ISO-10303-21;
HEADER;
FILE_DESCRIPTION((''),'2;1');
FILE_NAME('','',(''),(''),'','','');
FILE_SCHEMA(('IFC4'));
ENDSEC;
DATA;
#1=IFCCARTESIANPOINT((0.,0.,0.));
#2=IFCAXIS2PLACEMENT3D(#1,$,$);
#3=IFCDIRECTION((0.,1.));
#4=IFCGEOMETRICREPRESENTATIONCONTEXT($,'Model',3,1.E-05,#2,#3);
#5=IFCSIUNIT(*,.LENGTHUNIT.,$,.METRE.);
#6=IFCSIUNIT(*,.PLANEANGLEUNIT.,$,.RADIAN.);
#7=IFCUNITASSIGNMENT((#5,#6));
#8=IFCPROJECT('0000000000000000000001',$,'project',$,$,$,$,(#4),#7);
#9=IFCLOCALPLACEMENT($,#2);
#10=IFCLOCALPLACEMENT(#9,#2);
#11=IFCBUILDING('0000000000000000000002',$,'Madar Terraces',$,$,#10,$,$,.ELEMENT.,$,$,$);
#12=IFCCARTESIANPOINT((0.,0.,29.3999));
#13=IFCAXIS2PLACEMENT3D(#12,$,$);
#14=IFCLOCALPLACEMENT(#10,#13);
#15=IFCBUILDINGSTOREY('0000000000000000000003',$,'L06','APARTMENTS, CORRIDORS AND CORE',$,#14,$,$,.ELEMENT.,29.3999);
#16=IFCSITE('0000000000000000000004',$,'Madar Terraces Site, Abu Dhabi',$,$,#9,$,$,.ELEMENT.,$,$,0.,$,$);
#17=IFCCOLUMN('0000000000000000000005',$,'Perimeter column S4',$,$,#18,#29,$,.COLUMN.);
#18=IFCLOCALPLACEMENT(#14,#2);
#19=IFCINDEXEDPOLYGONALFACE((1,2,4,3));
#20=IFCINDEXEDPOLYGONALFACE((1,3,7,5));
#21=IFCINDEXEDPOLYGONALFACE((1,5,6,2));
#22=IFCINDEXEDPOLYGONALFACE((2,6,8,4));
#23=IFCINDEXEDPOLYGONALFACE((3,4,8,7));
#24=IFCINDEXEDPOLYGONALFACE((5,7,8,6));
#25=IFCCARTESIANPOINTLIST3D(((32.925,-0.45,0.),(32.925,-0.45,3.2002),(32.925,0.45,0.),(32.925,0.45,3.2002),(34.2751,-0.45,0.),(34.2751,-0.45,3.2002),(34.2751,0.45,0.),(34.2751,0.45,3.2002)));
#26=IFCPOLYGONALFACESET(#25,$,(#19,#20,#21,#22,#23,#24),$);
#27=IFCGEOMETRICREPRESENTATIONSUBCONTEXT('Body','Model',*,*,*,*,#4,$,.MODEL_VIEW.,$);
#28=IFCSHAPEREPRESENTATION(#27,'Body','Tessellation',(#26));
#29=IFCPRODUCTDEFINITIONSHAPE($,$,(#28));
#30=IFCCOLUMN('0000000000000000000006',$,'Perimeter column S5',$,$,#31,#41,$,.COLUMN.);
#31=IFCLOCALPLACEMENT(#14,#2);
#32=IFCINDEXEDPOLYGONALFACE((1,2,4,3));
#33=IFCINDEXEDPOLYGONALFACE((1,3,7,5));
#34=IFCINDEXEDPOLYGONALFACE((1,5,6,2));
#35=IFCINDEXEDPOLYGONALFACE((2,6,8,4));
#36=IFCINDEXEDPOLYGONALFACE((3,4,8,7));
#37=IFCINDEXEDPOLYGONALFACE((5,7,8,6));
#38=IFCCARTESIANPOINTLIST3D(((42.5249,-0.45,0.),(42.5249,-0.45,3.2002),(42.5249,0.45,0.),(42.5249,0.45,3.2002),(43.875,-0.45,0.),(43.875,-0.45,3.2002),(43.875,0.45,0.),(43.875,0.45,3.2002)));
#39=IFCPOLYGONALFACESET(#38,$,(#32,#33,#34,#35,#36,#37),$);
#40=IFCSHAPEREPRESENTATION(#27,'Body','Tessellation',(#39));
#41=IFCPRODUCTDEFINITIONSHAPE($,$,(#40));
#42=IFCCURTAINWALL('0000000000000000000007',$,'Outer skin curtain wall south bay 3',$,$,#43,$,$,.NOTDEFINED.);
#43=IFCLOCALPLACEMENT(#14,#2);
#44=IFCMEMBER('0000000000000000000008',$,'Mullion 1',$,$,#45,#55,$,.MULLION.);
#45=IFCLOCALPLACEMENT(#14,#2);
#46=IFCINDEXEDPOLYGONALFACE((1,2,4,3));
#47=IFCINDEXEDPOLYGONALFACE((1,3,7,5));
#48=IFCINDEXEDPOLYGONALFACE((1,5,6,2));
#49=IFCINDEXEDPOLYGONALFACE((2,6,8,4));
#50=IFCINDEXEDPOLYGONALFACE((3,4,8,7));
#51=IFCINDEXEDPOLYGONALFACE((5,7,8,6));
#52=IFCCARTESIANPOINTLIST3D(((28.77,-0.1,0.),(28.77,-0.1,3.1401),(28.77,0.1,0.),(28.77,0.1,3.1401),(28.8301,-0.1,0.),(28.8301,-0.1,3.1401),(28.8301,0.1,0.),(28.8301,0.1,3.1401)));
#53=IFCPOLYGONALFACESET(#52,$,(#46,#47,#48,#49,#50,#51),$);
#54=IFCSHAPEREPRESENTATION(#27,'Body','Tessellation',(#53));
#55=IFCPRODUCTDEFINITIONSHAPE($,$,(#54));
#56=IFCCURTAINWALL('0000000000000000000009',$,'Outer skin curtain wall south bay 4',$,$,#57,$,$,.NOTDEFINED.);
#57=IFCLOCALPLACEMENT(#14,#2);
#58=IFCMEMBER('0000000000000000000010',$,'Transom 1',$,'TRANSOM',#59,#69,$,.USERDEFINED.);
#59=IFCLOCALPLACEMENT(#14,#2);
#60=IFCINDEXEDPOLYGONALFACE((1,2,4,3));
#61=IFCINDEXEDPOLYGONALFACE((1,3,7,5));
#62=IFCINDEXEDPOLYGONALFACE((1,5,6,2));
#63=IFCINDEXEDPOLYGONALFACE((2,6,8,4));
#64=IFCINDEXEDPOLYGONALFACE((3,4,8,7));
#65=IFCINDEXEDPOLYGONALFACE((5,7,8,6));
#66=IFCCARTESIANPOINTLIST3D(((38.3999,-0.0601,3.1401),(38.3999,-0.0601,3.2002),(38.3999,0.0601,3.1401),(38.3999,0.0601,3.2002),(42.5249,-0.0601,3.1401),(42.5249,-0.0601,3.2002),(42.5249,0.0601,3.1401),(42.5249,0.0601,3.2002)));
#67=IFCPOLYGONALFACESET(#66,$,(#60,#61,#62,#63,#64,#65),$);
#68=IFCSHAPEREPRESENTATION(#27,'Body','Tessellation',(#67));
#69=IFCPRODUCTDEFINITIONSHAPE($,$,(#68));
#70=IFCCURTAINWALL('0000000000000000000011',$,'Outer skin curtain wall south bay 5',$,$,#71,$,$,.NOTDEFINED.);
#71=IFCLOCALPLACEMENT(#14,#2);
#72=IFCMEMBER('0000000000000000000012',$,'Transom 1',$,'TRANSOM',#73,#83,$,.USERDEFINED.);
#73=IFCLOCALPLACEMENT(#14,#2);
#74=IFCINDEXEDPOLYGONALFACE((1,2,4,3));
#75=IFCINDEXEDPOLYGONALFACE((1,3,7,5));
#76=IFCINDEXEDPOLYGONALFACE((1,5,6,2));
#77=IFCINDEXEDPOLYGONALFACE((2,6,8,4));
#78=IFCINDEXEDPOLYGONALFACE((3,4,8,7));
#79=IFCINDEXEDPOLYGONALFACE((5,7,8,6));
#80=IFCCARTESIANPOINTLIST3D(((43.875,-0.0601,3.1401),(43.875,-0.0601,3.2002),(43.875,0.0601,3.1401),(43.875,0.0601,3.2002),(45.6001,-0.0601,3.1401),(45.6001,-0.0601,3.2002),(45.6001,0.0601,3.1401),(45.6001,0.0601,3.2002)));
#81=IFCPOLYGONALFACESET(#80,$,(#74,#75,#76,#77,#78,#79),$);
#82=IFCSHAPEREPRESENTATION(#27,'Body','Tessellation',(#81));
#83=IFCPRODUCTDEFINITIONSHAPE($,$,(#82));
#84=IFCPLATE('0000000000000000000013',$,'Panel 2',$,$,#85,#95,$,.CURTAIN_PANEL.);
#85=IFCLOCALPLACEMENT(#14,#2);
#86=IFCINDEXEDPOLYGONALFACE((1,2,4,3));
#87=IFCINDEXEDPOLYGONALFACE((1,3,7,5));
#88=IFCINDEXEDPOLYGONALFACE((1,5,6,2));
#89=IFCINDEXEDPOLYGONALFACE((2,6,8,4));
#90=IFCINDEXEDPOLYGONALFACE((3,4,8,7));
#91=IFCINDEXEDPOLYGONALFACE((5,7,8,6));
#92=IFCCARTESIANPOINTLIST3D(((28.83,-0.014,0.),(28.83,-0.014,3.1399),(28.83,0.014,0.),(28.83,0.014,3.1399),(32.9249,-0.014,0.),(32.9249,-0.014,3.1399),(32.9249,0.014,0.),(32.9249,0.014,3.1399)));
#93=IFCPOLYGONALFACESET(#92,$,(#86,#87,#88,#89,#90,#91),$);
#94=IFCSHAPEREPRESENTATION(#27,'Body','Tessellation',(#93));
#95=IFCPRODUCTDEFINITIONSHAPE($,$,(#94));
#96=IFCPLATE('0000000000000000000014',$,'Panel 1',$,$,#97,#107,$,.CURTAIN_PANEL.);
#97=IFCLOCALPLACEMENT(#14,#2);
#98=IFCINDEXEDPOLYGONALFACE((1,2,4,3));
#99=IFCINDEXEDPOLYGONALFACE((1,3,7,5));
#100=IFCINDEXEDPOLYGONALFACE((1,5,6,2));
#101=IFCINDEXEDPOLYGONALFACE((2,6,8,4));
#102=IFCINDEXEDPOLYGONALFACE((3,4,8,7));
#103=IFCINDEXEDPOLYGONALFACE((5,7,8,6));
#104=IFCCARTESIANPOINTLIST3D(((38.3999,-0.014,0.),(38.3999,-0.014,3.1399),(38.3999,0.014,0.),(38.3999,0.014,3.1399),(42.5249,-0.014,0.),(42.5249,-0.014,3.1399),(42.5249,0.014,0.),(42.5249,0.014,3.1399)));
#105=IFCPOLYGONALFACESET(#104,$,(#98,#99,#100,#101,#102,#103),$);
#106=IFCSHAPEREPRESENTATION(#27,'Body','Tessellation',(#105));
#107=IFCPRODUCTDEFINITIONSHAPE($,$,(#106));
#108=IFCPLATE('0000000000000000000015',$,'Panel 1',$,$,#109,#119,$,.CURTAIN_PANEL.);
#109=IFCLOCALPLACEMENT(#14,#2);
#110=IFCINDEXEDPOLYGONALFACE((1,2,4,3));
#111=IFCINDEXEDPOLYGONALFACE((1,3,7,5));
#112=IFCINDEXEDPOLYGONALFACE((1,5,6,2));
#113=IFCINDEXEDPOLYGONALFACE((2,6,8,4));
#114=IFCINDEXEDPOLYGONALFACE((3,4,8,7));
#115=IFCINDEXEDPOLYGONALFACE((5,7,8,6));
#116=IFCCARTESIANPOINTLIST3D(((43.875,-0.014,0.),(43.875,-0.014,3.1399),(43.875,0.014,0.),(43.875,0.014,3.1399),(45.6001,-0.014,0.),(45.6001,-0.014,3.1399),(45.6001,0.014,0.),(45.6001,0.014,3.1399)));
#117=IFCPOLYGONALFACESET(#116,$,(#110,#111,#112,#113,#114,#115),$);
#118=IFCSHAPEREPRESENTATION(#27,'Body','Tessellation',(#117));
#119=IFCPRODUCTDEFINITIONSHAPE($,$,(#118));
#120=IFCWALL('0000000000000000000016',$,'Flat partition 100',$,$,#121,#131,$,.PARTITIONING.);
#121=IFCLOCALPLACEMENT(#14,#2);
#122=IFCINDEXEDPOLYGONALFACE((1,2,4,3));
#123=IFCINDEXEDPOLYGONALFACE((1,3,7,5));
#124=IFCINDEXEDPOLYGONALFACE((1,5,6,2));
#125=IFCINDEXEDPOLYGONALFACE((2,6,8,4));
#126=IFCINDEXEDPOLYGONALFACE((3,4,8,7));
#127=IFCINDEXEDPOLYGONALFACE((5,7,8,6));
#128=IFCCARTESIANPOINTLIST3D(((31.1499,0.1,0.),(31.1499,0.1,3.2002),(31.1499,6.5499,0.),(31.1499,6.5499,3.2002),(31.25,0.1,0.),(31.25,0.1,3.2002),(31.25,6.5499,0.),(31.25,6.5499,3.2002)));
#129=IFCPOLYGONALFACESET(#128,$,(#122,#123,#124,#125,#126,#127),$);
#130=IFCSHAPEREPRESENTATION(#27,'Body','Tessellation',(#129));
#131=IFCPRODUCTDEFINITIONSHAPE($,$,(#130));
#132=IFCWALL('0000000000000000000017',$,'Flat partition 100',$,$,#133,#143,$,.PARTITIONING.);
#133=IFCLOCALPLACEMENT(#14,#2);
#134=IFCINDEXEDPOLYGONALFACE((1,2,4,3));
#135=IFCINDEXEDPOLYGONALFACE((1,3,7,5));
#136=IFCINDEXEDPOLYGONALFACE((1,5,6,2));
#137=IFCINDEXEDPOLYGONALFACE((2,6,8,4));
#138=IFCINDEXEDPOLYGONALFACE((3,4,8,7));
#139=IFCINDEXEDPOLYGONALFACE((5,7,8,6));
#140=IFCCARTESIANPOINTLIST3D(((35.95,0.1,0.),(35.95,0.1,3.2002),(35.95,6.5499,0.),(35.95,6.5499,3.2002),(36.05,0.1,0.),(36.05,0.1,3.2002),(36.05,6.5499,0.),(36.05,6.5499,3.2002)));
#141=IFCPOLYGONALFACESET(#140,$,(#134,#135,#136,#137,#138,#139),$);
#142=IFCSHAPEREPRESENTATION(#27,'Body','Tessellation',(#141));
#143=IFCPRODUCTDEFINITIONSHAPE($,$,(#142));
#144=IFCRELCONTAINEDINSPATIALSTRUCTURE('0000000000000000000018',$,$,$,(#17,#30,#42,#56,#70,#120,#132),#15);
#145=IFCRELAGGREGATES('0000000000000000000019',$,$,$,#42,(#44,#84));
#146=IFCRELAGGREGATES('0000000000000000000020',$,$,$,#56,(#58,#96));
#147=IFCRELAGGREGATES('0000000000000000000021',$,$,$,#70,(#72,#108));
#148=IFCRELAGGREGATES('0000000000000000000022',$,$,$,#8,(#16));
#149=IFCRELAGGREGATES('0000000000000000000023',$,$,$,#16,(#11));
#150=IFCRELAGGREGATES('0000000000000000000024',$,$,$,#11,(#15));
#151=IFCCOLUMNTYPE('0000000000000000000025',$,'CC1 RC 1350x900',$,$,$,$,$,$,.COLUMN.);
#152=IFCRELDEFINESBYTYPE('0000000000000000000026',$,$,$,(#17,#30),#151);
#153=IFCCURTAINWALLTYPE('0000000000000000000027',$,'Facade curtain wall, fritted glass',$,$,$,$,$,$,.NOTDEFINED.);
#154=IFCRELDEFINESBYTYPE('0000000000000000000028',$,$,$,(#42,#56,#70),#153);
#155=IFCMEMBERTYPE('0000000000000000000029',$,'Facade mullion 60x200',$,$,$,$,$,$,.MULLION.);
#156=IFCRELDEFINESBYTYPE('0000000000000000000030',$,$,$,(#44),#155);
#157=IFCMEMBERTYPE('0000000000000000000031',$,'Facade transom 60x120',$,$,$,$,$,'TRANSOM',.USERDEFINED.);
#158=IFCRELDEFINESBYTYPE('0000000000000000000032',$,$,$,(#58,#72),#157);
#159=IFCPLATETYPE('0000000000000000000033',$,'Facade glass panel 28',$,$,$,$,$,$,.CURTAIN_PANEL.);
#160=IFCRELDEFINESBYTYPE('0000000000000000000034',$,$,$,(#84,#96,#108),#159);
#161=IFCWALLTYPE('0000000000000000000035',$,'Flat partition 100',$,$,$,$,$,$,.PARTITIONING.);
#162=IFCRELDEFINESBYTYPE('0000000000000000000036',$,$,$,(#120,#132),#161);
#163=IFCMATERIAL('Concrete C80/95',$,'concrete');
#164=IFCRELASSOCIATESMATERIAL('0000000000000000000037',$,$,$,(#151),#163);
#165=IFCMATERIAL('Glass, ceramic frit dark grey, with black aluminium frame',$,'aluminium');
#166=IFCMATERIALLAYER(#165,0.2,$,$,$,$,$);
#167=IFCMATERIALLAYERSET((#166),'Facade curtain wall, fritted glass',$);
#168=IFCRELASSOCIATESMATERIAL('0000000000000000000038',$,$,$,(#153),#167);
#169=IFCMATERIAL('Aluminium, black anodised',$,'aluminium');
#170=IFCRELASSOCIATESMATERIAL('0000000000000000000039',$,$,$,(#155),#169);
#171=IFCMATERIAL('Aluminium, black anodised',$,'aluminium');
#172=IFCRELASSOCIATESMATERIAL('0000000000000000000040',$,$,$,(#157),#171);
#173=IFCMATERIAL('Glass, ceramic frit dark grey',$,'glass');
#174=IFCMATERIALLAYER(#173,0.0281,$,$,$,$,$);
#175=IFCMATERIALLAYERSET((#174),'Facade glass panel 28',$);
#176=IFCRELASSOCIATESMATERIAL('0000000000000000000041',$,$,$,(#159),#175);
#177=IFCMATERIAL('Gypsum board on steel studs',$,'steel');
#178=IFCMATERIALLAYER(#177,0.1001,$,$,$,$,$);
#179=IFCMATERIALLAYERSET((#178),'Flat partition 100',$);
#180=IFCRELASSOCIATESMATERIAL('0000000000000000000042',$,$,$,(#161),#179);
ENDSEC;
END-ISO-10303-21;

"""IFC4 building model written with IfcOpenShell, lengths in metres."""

from ifc_helpers import new_model, si_unit, direction, frame, frame_2d, origin, origin_2d, place, context, subcontext, project, spatial, rectangle, extrude, material, layer, layer_set, material_profile, profile_set, type_object, element, aggregate, save


model = new_model("IFC4")

# Units and contexts
model_context = context("Model", 3, precision=1e-05, world=origin(), true_north=direction((0.0, 1.0)))
body_context = subcontext(model_context, "Body", "Model", "MODEL_VIEW")
ifc_project = project(units=[si_unit("LENGTHUNIT", "METRE"), si_unit("PLANEANGLEUNIT", "RADIAN")], contexts=[model_context])

# Site, building, storey
site_placement = place(None, origin())
site = spatial("IfcSite", under=ifc_project, at=site_placement, Name="Madar Terraces Site, Abu Dhabi", CompositionType="ELEMENT", RefElevation=0.0)
building_placement = place(site_placement, origin())
building = spatial("IfcBuilding", under=site, at=building_placement, Name="Madar Terraces", CompositionType="ELEMENT")
storey_placement = place(building_placement, frame((0.0, 0.0, 29.3999)))
storey = spatial("IfcBuildingStorey", under=building, at=storey_placement, Name="L06", Description="APARTMENTS, CORRIDORS AND CORE", CompositionType="ELEMENT", Elevation=29.3999)

# Columns
ifc_material_1 = material(Name="Concrete C80/95", Category="concrete")
ifc_material_profile_1 = material_profile(ifc_material_1, rectangle(XDim=1.3501, YDim=0.8999, at=origin_2d()), Name="CC1 RC 1350x900")
ifc_profile_set_1 = profile_set([ifc_material_profile_1], Name="Concrete C80/95")
column_type = type_object("IfcColumnType", Name="CC1 RC 1350x900", PredefinedType="COLUMN", material=ifc_profile_set_1)
for number, where, z_axis, x_axis, name in (
    (1, (33.6001, 0.0, 0.0), (0.0, 0.0, 1.0), (1.0, 0.0, 0.0), "Perimeter column S4"),
    (2, (43.2, 0.0, 0.0), (0.0, 0.0, 1.0), (1.0, 0.0, 0.0), "Perimeter column S5"),
):
    element("IfcColumn", number, at=place(storey_placement, frame(where, z_axis=z_axis, x_axis=x_axis)), inside=storey, type_object=column_type, Name=name, PredefinedType="COLUMN", context=body_context, shape_type="SweptSolid", body=[
        extrude(rectangle(XDim=1.3501, YDim=0.8999, at=origin_2d()), origin(), (0.0, 0.0, 1.0), 3.2002),
    ])

# Curtain walls, members
ifc_material_2 = material(Name="Glass, ceramic frit dark grey, with black aluminium frame", Category="aluminium")
ifc_layer_1 = layer(ifc_material_2, 0.2)
ifc_layer_set_1 = layer_set([ifc_layer_1], Name="Facade curtain wall, fritted glass")
curtain_wall_type = type_object("IfcCurtainWallType", Name="Facade curtain wall, fritted glass", PredefinedType="NOTDEFINED", material=ifc_layer_set_1)
curtain_wall_1_placement = place(storey_placement, origin())
curtain_wall_1 = element("IfcCurtainWall", 3, at=curtain_wall_1_placement, inside=storey, type_object=curtain_wall_type, Name="Outer skin curtain wall south bay 3", PredefinedType="NOTDEFINED")
ifc_material_3 = material(Name="Aluminium, black anodised", Category="aluminium")
ifc_material_profile_2 = material_profile(ifc_material_3, rectangle(XDim=0.2, YDim=0.0601, at=origin_2d()), Name="Facade mullion 60x200")
ifc_profile_set_2 = profile_set([ifc_material_profile_2], Name="Aluminium, black anodised")
member_type_1 = type_object("IfcMemberType", Name="Facade mullion 60x200", PredefinedType="MULLION", material=ifc_profile_set_2)
member_1_placement = place(storey_placement, frame((28.8, 0.0, 0.0), z_axis=(0.0, 0.0, 1.0), x_axis=(0.0, 1.0, 0.0)))
member_1 = element("IfcMember", 4, at=member_1_placement, type_object=member_type_1, Name="Mullion 1", PredefinedType="MULLION", context=body_context, shape_type="SweptSolid", body=[
    extrude(rectangle(XDim=0.2, YDim=0.0601, at=origin_2d()), origin(), (0.0, 0.0, 1.0), 3.1401),
])
curtain_wall_2_placement = place(storey_placement, origin())
curtain_wall_2 = element("IfcCurtainWall", 5, at=curtain_wall_2_placement, inside=storey, type_object=curtain_wall_type, Name="Outer skin curtain wall south bay 4", PredefinedType="NOTDEFINED")
ifc_material_4 = material(Name="Aluminium, black anodised", Category="aluminium")
ifc_material_profile_3 = material_profile(ifc_material_4, rectangle(XDim=0.1201, YDim=0.0601, at=origin_2d()), Name="Facade transom 60x120")
ifc_profile_set_3 = profile_set([ifc_material_profile_3], Name="Aluminium, black anodised")
member_type_2 = type_object("IfcMemberType", Name="Facade transom 60x120", ElementType="TRANSOM", PredefinedType="USERDEFINED", material=ifc_profile_set_3)
member_2_placement = place(storey_placement, frame((38.3999, 0.0, 3.1702), z_axis=(1.0, 0.0, 0.0), x_axis=(0.0, 1.0, 0.0)))
member_2 = element("IfcMember", 6, at=member_2_placement, type_object=member_type_2, Name="Transom 1", ObjectType="TRANSOM", PredefinedType="USERDEFINED", context=body_context, shape_type="SweptSolid", body=[
    extrude(rectangle(XDim=0.1201, YDim=0.0601, at=origin_2d()), origin(), (0.0, 0.0, 1.0), 4.125),
])
curtain_wall_3_placement = place(storey_placement, origin())
curtain_wall_3 = element("IfcCurtainWall", 7, at=curtain_wall_3_placement, inside=storey, type_object=curtain_wall_type, Name="Outer skin curtain wall south bay 5", PredefinedType="NOTDEFINED")
member_3_placement = place(storey_placement, frame((43.875, 0.0, 3.1702), z_axis=(1.0, 0.0, 0.0), x_axis=(0.0, 1.0, 0.0)))
member_3 = element("IfcMember", 8, at=member_3_placement, type_object=member_type_2, Name="Transom 1", ObjectType="TRANSOM", PredefinedType="USERDEFINED", context=body_context, shape_type="SweptSolid", body=[
    extrude(rectangle(XDim=0.1201, YDim=0.0601, at=origin_2d()), origin(), (0.0, 0.0, 1.0), 1.7251),
])

# Plates
ifc_material_5 = material(Name="Glass, ceramic frit dark grey", Category="glass")
ifc_layer_2 = layer(ifc_material_5, 0.0281)
ifc_layer_set_2 = layer_set([ifc_layer_2], Name="Facade glass panel 28")
plate_type = type_object("IfcPlateType", Name="Facade glass panel 28", PredefinedType="CURTAIN_PANEL", material=ifc_layer_set_2)
plate_1_placement = place(storey_placement, frame((30.8774, 0.0, 0.0), z_axis=(0.0, 0.0, 1.0), x_axis=(1.0, 0.0, 0.0)))
plate_1 = element("IfcPlate", 9, at=plate_1_placement, type_object=plate_type, Name="Panel 2", PredefinedType="CURTAIN_PANEL", context=body_context, shape_type="SweptSolid", body=[
    extrude(rectangle(XDim=4.095, YDim=0.0281, at=origin_2d()), origin(), (0.0, 0.0, 1.0), 3.1399),
])
aggregate(curtain_wall_1, [member_1, plate_1])
plate_2_placement = place(storey_placement, frame((40.4624, 0.0, 0.0), z_axis=(0.0, 0.0, 1.0), x_axis=(1.0, 0.0, 0.0)))
plate_2 = element("IfcPlate", 10, at=plate_2_placement, type_object=plate_type, Name="Panel 1", PredefinedType="CURTAIN_PANEL", context=body_context, shape_type="SweptSolid", body=[
    extrude(rectangle(XDim=4.125, YDim=0.0281, at=origin_2d()), origin(), (0.0, 0.0, 1.0), 3.1399),
])
aggregate(curtain_wall_2, [member_2, plate_2])
plate_3_placement = place(storey_placement, frame((44.7375, 0.0, 0.0), z_axis=(0.0, 0.0, 1.0), x_axis=(1.0, 0.0, 0.0)))
plate_3 = element("IfcPlate", 11, at=plate_3_placement, type_object=plate_type, Name="Panel 1", PredefinedType="CURTAIN_PANEL", context=body_context, shape_type="SweptSolid", body=[
    extrude(rectangle(XDim=1.7251, YDim=0.0281, at=origin_2d()), origin(), (0.0, 0.0, 1.0), 3.1399),
])
aggregate(curtain_wall_3, [member_3, plate_3])

# Walls
ifc_material_6 = material(Name="Gypsum board on steel studs", Category="steel")
ifc_layer_3 = layer(ifc_material_6, 0.1001)
ifc_layer_set_3 = layer_set([ifc_layer_3], Name="Flat partition 100")
wall_type_1 = type_object("IfcWallType", Name="Flat partition 100", PredefinedType="PARTITIONING", material=ifc_layer_set_3)
for number, where, z_axis, x_axis, name in (
    (12, (31.2, 6.55, 0.0), (0.0, 0.0, 1.0), (0.0, -1.0, 0.0), "Flat partition 100"),
    (13, (36.0, 6.55, 0.0), (0.0, 0.0, 1.0), (0.0, -1.0, 0.0), "Flat partition 100"),
):
    element("IfcWall", number, at=place(storey_placement, frame(where, z_axis=z_axis, x_axis=x_axis)), inside=storey, type_object=wall_type_1, Name=name, PredefinedType="PARTITIONING", context=body_context, shape_type="SweptSolid", body=[
        extrude(rectangle(XDim=6.45, YDim=0.1001, at=frame_2d((3.2251, 0.0))), origin(), (0.0, 0.0, 1.0), 3.2002),
    ])

save(model, "model.ifc")
